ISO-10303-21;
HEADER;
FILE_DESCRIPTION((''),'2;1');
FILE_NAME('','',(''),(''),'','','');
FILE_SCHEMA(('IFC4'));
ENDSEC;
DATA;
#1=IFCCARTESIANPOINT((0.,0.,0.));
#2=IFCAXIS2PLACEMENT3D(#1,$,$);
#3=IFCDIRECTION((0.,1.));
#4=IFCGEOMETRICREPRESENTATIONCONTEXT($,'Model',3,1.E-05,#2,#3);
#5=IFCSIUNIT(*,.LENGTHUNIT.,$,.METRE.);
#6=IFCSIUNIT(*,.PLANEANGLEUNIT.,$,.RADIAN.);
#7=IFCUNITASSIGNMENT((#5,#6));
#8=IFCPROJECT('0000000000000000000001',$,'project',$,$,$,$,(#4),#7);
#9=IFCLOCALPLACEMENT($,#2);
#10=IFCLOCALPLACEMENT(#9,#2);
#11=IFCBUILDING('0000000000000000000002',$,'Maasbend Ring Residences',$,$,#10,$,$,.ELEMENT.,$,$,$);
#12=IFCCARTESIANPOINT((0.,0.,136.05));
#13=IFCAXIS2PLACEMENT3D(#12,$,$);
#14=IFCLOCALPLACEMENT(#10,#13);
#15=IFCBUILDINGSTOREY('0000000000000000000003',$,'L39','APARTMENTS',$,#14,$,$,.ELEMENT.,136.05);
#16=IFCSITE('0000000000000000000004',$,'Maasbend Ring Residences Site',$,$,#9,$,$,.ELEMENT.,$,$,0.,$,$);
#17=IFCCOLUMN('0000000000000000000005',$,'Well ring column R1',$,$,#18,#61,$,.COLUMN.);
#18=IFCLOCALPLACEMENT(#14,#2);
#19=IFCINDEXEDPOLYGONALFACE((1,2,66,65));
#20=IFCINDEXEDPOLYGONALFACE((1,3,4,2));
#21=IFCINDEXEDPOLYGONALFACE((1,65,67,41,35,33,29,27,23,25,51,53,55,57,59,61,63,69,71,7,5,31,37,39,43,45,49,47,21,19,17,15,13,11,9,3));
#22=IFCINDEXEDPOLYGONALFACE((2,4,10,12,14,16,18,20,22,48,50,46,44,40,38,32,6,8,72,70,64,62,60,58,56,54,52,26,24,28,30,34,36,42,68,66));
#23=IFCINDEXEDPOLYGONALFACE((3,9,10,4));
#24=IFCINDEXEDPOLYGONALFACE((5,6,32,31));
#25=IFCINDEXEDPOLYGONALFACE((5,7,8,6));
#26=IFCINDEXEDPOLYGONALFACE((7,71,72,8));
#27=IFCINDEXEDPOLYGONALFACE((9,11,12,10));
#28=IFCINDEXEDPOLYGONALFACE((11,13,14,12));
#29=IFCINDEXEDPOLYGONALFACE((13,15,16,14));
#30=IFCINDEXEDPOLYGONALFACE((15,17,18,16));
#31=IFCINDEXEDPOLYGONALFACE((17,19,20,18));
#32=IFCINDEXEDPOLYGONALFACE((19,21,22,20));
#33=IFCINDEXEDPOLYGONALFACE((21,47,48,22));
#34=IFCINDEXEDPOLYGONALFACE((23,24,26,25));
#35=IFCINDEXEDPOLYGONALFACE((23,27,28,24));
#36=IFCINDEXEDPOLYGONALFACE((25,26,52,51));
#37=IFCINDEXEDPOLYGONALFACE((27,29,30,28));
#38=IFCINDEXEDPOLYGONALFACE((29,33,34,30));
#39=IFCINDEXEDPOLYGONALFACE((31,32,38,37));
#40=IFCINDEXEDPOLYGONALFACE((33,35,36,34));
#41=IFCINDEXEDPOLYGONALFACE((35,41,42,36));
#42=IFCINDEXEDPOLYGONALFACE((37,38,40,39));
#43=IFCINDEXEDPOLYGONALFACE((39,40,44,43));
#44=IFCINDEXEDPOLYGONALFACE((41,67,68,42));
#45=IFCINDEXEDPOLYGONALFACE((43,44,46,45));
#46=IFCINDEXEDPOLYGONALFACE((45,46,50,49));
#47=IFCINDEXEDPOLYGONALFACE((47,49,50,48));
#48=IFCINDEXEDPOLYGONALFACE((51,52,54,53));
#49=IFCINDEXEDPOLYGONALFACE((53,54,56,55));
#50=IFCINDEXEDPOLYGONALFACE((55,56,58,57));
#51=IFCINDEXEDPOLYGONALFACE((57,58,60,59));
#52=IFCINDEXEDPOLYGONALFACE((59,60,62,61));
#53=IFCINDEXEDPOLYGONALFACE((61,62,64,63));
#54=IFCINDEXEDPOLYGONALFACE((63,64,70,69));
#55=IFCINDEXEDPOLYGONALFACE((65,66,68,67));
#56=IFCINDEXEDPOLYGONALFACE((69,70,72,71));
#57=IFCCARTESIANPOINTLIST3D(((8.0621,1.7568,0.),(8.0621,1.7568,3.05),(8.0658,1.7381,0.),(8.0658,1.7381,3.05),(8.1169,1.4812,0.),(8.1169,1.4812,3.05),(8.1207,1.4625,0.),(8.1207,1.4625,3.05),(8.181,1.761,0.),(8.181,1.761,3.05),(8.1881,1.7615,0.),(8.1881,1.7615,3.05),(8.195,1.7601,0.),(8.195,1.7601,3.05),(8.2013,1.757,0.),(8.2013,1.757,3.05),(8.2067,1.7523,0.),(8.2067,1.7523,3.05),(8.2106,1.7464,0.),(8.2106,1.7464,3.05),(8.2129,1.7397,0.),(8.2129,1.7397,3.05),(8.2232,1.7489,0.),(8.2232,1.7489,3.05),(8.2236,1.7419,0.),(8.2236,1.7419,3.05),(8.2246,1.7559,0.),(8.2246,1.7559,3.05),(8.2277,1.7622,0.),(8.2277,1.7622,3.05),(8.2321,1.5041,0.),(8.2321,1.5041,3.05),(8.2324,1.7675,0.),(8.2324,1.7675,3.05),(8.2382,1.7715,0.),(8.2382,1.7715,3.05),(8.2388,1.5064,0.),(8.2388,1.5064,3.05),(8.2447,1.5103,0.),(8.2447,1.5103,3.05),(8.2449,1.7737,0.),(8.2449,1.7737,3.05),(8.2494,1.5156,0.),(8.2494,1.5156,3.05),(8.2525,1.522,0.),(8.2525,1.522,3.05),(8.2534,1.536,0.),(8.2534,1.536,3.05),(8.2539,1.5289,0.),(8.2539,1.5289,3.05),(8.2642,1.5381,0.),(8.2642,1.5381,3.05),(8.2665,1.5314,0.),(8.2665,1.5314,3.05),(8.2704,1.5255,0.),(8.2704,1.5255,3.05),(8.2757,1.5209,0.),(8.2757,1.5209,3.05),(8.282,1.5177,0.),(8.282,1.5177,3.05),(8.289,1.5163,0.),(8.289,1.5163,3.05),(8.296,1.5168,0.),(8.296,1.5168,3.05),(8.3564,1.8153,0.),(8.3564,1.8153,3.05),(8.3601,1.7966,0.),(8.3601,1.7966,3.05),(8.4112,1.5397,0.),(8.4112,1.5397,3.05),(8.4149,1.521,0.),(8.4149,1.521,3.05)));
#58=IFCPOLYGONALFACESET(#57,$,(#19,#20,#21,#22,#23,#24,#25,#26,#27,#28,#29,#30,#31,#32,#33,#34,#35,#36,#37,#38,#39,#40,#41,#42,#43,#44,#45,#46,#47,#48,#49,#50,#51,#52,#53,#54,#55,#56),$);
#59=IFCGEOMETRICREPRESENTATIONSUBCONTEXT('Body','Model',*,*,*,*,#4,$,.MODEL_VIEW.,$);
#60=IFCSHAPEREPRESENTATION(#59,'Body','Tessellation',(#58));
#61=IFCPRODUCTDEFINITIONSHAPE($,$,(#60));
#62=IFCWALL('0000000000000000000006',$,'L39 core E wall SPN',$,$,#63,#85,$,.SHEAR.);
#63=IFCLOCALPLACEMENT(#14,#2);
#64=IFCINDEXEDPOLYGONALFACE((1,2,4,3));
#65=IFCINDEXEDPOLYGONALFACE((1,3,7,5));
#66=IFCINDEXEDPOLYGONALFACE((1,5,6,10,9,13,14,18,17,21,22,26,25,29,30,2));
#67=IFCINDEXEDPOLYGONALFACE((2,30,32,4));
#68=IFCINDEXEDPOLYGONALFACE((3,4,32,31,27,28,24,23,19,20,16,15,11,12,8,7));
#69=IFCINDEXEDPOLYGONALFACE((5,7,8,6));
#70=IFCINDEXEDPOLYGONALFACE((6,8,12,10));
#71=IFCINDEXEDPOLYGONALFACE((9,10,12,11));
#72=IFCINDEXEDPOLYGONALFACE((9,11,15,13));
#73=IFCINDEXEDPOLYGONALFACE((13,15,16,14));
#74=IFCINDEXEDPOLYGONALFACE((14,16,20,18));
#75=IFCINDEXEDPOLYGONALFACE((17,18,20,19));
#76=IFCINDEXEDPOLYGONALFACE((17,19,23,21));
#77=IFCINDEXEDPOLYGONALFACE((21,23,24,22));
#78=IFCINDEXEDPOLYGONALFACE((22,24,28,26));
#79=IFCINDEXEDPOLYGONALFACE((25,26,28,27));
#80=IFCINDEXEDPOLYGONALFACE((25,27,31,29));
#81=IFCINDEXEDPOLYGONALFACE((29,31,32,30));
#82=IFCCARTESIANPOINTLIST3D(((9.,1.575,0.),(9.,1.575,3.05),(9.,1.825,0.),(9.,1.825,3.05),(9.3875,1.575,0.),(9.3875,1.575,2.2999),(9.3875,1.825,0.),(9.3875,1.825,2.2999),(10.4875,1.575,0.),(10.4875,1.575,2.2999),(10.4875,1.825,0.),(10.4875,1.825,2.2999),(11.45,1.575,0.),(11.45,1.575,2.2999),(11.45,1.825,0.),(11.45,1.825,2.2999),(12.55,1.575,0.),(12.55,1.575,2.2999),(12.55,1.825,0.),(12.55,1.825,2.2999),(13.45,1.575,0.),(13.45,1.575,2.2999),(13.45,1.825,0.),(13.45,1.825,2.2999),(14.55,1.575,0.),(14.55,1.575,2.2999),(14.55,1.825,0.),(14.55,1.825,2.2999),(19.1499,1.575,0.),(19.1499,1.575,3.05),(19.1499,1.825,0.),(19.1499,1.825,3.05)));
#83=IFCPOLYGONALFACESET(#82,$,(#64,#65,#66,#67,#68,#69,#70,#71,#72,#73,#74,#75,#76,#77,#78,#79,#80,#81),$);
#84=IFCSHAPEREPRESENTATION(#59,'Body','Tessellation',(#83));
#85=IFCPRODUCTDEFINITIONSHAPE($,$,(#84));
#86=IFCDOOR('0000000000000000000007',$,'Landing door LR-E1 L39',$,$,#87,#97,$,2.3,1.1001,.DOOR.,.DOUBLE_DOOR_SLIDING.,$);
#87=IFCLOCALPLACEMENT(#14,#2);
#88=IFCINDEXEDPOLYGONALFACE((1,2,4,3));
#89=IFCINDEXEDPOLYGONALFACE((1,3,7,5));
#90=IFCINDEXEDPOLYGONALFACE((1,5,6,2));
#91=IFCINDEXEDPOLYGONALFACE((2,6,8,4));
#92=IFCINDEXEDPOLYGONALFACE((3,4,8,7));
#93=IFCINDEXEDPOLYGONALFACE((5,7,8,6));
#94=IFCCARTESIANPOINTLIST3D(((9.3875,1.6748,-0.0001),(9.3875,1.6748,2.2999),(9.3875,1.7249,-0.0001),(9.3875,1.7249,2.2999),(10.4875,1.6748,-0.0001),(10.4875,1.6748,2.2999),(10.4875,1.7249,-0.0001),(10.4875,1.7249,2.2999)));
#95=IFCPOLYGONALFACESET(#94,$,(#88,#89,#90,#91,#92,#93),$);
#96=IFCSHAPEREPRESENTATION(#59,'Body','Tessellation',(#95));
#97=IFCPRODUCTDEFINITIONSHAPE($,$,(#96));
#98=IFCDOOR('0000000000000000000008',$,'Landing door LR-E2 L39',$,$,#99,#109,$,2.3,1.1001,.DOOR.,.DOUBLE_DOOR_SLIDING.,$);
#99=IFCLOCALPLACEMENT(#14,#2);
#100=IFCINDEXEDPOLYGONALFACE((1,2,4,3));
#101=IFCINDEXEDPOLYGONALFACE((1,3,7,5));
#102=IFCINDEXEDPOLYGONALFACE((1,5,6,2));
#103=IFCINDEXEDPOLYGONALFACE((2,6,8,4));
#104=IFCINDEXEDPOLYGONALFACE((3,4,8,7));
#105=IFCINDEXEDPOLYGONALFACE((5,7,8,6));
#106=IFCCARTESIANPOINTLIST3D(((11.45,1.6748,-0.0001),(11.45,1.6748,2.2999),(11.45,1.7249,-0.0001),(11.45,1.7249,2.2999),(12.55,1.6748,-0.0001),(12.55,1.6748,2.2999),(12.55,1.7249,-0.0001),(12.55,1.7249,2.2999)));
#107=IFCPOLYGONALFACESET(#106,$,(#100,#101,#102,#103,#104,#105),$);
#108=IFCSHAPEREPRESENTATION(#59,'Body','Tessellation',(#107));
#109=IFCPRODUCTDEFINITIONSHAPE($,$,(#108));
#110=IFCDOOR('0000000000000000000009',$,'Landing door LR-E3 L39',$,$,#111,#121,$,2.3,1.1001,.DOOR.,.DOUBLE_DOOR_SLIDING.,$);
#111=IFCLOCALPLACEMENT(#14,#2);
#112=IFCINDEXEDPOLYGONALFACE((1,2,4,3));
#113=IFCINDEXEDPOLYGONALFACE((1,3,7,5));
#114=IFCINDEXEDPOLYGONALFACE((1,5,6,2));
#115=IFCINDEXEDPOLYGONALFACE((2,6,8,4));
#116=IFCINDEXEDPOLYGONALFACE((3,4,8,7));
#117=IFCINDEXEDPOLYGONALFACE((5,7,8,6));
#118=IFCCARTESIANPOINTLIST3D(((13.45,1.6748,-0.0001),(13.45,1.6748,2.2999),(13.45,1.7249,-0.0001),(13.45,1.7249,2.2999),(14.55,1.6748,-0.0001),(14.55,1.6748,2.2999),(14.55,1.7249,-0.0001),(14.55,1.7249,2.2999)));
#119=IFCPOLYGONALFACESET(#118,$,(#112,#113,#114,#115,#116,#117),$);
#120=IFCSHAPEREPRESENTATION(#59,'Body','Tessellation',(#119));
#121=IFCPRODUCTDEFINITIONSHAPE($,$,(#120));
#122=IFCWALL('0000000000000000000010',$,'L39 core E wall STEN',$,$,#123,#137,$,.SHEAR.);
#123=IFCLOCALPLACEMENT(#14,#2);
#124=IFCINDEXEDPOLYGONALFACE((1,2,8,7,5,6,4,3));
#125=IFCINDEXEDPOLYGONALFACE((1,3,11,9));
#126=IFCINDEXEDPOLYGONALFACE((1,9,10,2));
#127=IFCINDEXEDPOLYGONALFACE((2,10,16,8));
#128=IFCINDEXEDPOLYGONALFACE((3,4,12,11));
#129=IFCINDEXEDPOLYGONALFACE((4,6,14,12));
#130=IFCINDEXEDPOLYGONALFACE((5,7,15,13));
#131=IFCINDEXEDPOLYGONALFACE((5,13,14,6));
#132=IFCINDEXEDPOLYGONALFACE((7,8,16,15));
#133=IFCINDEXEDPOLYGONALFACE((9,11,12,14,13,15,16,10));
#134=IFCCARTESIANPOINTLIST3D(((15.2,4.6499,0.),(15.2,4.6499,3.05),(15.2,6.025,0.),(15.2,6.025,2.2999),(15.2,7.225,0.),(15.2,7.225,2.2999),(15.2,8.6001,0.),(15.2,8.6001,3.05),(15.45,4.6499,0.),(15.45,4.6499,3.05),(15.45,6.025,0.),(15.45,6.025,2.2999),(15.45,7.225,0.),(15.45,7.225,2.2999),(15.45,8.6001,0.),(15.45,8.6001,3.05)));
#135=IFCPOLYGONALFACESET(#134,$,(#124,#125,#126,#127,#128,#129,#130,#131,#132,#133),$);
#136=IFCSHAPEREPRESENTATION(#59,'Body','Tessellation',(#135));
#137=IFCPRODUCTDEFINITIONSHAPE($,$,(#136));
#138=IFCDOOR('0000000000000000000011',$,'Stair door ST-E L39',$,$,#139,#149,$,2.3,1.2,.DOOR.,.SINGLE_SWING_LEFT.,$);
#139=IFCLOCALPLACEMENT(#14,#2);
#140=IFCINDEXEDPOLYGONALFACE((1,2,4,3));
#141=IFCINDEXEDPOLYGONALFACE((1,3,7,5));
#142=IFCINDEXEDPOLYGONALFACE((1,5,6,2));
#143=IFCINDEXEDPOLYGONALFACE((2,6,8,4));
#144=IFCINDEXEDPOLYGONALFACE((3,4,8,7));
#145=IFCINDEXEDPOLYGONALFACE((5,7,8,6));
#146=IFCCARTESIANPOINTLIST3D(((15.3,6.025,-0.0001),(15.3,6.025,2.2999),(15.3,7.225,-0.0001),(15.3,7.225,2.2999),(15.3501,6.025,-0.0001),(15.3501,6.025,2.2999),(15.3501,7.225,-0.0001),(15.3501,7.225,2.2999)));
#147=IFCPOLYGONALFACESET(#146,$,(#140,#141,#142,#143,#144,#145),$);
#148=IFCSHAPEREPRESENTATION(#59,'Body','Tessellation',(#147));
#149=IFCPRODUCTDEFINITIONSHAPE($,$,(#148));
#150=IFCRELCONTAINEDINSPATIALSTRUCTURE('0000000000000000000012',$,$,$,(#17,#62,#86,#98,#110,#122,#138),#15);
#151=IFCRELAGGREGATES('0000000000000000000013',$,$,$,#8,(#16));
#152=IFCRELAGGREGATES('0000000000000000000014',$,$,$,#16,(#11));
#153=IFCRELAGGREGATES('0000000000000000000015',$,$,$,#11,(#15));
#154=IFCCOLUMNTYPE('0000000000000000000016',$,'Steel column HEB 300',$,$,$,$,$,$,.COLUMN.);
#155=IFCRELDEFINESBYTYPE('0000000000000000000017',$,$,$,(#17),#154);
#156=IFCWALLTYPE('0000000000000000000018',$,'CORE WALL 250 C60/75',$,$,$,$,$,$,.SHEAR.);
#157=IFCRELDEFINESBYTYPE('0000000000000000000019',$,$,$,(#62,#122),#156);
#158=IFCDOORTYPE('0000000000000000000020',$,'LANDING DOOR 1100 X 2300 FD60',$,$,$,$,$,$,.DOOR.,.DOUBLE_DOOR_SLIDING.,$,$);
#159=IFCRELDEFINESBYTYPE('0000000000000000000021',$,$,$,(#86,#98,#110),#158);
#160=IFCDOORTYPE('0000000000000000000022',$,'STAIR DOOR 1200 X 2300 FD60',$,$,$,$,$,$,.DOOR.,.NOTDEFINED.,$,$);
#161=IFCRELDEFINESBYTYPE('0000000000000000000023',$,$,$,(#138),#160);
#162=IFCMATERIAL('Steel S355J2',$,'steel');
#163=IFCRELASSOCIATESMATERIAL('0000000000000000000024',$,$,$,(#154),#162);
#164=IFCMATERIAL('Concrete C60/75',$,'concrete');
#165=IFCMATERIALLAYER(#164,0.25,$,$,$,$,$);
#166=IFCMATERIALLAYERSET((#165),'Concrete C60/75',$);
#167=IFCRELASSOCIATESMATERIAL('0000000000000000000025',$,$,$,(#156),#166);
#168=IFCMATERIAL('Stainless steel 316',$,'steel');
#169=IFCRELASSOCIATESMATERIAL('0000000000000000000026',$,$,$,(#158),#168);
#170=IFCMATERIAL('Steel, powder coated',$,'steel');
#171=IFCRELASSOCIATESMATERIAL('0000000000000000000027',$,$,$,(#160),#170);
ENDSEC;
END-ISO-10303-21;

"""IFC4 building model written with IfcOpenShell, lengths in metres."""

from ifc_helpers import new_model, si_unit, direction, frame, frame_2d, origin, origin_2d, place, context, subcontext, project, spatial, rectangle, i_section, extrude, material, layer, layer_set, material_profile, profile_set, type_object, element, fill, save


model = new_model("IFC4")

# Units and contexts
model_context = context("Model", 3, precision=1e-05, world=origin(), true_north=direction((0.0, 1.0)))
body_context = subcontext(model_context, "Body", "Model", "MODEL_VIEW")
ifc_project = project(units=[si_unit("LENGTHUNIT", "METRE"), si_unit("PLANEANGLEUNIT", "RADIAN")], contexts=[model_context])

# Site, building, storey
site_placement = place(None, origin())
site = spatial("IfcSite", under=ifc_project, at=site_placement, Name="Maasbend Ring Residences Site", CompositionType="ELEMENT", RefElevation=0.0)
building_placement = place(site_placement, origin())
building = spatial("IfcBuilding", under=site, at=building_placement, Name="Maasbend Ring Residences", CompositionType="ELEMENT")
storey_placement = place(building_placement, frame((0.0, 0.0, 136.05)))
storey = spatial("IfcBuildingStorey", under=building, at=storey_placement, Name="L39", Description="APARTMENTS", CompositionType="ELEMENT", Elevation=136.05)

# Column
ifc_material_1 = material(Name="Steel S355J2", Category="steel")
ifc_material_profile = material_profile(ifc_material_1, i_section(OverallWidth=0.3, OverallDepth=0.3, WebThickness=0.011, FlangeThickness=0.019, FilletRadius=0.0271, at=origin_2d()), Name="HEB 300")
ifc_profile_set = profile_set([ifc_material_profile], Name="Steel S355J2")
column_type = type_object("IfcColumnType", Name="Steel column HEB 300", PredefinedType="COLUMN", material=ifc_profile_set)
column_placement = place(storey_placement, frame((8.2385, 1.6389, 0.0), z_axis=(0.0, 0.0, 1.0), x_axis=(0.980785, 0.19509, 0.0)))
element("IfcColumn", 1, at=column_placement, inside=storey, type_object=column_type, Name="Well ring column R1", PredefinedType="COLUMN", context=body_context, shape_type="SweptSolid", body=[
    extrude(i_section(OverallWidth=0.3, OverallDepth=0.3, WebThickness=0.011, FlangeThickness=0.019, FilletRadius=0.0271, at=origin_2d()), origin(), (0.0, 0.0, 1.0), 3.05),
])

# Wall, openings, doors
ifc_material_2 = material(Name="Concrete C60/75", Category="concrete")
ifc_layer_1 = layer(ifc_material_2, 0.25)
ifc_layer_set_1 = layer_set([ifc_layer_1], Name="Concrete C60/75")
wall_type_1 = type_object("IfcWallType", Name="CORE WALL 250 C60/75", PredefinedType="SHEAR", material=ifc_layer_set_1)
wall_1_placement = place(storey_placement, frame((9.0, 1.7, 0.0), z_axis=(0.0, 0.0, 1.0), x_axis=(1.0, 0.0, 0.0)))
wall_1 = element("IfcWall", 2, at=wall_1_placement, inside=storey, type_object=wall_type_1, Name="L39 core E wall SPN", PredefinedType="SHEAR", context=body_context, shape_type="SweptSolid", body=[
    extrude(rectangle(XDim=10.1499, YDim=0.25, at=frame_2d((5.075, 0.0))), origin(), (0.0, 0.0, 1.0), 3.05),
])
opening_1_placement = place(wall_1_placement, frame((0.3875, 0.0, 0.0)))
opening_1 = element("IfcOpeningElement", 3, at=opening_1_placement, cuts=wall_1, PredefinedType="OPENING", context=body_context, shape_type="SweptSolid", body=[
    extrude(rectangle(XDim=1.1001, YDim=2.3, at=frame_2d((0.55, 1.1499))), frame((0.0, 0.135, 0.0), z_axis=(0.0, -1.0, 0.0), x_axis=(1.0, 0.0, 0.0)), (0.0, 0.0, 1.0), 0.27),
])
opening_2_placement = place(wall_1_placement, frame((2.45, 0.0, 0.0)))
opening_2 = element("IfcOpeningElement", 4, at=opening_2_placement, cuts=wall_1, PredefinedType="OPENING", context=body_context, shape_type="SweptSolid", body=[
    extrude(rectangle(XDim=1.1001, YDim=2.3, at=frame_2d((0.55, 1.1499))), frame((0.0, 0.135, 0.0), z_axis=(0.0, -1.0, 0.0), x_axis=(1.0, 0.0, 0.0)), (0.0, 0.0, 1.0), 0.27),
])
opening_3_placement = place(wall_1_placement, frame((4.45, 0.0, 0.0)))
opening_3 = element("IfcOpeningElement", 5, at=opening_3_placement, cuts=wall_1, PredefinedType="OPENING", context=body_context, shape_type="SweptSolid", body=[
    extrude(rectangle(XDim=1.1001, YDim=2.3, at=frame_2d((0.55, 1.1499))), frame((0.0, 0.135, 0.0), z_axis=(0.0, -1.0, 0.0), x_axis=(1.0, 0.0, 0.0)), (0.0, 0.0, 1.0), 0.27),
])
ifc_material_3 = material(Name="Stainless steel 316", Category="steel")
door_type_1 = type_object("IfcDoorType", Name="LANDING DOOR 1100 X 2300 FD60", OperationType="DOUBLE_DOOR_SLIDING", PredefinedType="DOOR", material=ifc_material_3)
door_1_placement = place(opening_1_placement, origin())
door_1 = element("IfcDoor", 6, at=door_1_placement, inside=storey, type_object=door_type_1, Name="Landing door LR-E1 L39", OperationType="DOUBLE_DOOR_SLIDING", OverallHeight=2.3, OverallWidth=1.1001, PredefinedType="DOOR", context=body_context, shape_type="SweptSolid", body=[
    extrude(rectangle(XDim=1.1001, YDim=2.3, at=frame_2d((0.55, 1.1499))), frame((0.0, 0.0249, 0.0), z_axis=(0.0, -1.0, 0.0), x_axis=(1.0, 0.0, 0.0)), (0.0, 0.0, 1.0), 0.05),
])
fill(opening_1, door_1)
door_2_placement = place(opening_2_placement, origin())
door_2 = element("IfcDoor", 7, at=door_2_placement, inside=storey, type_object=door_type_1, Name="Landing door LR-E2 L39", OperationType="DOUBLE_DOOR_SLIDING", OverallHeight=2.3, OverallWidth=1.1001, PredefinedType="DOOR", context=body_context, shape_type="SweptSolid", body=[
    extrude(rectangle(XDim=1.1001, YDim=2.3, at=frame_2d((0.55, 1.1499))), frame((0.0, 0.0249, 0.0), z_axis=(0.0, -1.0, 0.0), x_axis=(1.0, 0.0, 0.0)), (0.0, 0.0, 1.0), 0.05),
])
fill(opening_2, door_2)
door_3_placement = place(opening_3_placement, origin())
door_3 = element("IfcDoor", 8, at=door_3_placement, inside=storey, type_object=door_type_1, Name="Landing door LR-E3 L39", OperationType="DOUBLE_DOOR_SLIDING", OverallHeight=2.3, OverallWidth=1.1001, PredefinedType="DOOR", context=body_context, shape_type="SweptSolid", body=[
    extrude(rectangle(XDim=1.1001, YDim=2.3, at=frame_2d((0.55, 1.1499))), frame((0.0, 0.0249, 0.0), z_axis=(0.0, -1.0, 0.0), x_axis=(1.0, 0.0, 0.0)), (0.0, 0.0, 1.0), 0.05),
])
fill(opening_3, door_3)

# Wall, opening, door
wall_2_placement = place(storey_placement, frame((15.325, 4.6499, 0.0), z_axis=(0.0, 0.0, 1.0), x_axis=(0.0, 1.0, 0.0)))
wall_2 = element("IfcWall", 9, at=wall_2_placement, inside=storey, type_object=wall_type_1, Name="L39 core E wall STEN", PredefinedType="SHEAR", context=body_context, shape_type="SweptSolid", body=[
    extrude(rectangle(XDim=3.9502, YDim=0.25, at=frame_2d((1.9751, 0.0))), origin(), (0.0, 0.0, 1.0), 3.05),
])
opening_4_placement = place(wall_2_placement, frame((1.375, 0.0, 0.0)))
opening_4 = element("IfcOpeningElement", 10, at=opening_4_placement, cuts=wall_2, PredefinedType="OPENING", context=body_context, shape_type="SweptSolid", body=[
    extrude(rectangle(XDim=1.2, YDim=2.3, at=frame_2d((0.6001, 1.1499))), frame((0.0, 0.135, 0.0), z_axis=(0.0, -1.0, 0.0), x_axis=(1.0, 0.0, 0.0)), (0.0, 0.0, 1.0), 0.27),
])
ifc_material_4 = material(Name="Steel, powder coated", Category="steel")
door_type_2 = type_object("IfcDoorType", Name="STAIR DOOR 1200 X 2300 FD60", OperationType="NOTDEFINED", PredefinedType="DOOR", material=ifc_material_4)
door_4_placement = place(opening_4_placement, origin())
door_4 = element("IfcDoor", 11, at=door_4_placement, inside=storey, type_object=door_type_2, Name="Stair door ST-E L39", OperationType="SINGLE_SWING_LEFT", OverallHeight=2.3, OverallWidth=1.2, PredefinedType="DOOR", context=body_context, shape_type="SweptSolid", body=[
    extrude(rectangle(XDim=1.2, YDim=2.3, at=frame_2d((0.6001, 1.1499))), frame((0.0, 0.0249, 0.0), z_axis=(0.0, -1.0, 0.0), x_axis=(1.0, 0.0, 0.0)), (0.0, 0.0, 1.0), 0.05),
])
fill(opening_4, door_4)

save(model, "model.ifc")
